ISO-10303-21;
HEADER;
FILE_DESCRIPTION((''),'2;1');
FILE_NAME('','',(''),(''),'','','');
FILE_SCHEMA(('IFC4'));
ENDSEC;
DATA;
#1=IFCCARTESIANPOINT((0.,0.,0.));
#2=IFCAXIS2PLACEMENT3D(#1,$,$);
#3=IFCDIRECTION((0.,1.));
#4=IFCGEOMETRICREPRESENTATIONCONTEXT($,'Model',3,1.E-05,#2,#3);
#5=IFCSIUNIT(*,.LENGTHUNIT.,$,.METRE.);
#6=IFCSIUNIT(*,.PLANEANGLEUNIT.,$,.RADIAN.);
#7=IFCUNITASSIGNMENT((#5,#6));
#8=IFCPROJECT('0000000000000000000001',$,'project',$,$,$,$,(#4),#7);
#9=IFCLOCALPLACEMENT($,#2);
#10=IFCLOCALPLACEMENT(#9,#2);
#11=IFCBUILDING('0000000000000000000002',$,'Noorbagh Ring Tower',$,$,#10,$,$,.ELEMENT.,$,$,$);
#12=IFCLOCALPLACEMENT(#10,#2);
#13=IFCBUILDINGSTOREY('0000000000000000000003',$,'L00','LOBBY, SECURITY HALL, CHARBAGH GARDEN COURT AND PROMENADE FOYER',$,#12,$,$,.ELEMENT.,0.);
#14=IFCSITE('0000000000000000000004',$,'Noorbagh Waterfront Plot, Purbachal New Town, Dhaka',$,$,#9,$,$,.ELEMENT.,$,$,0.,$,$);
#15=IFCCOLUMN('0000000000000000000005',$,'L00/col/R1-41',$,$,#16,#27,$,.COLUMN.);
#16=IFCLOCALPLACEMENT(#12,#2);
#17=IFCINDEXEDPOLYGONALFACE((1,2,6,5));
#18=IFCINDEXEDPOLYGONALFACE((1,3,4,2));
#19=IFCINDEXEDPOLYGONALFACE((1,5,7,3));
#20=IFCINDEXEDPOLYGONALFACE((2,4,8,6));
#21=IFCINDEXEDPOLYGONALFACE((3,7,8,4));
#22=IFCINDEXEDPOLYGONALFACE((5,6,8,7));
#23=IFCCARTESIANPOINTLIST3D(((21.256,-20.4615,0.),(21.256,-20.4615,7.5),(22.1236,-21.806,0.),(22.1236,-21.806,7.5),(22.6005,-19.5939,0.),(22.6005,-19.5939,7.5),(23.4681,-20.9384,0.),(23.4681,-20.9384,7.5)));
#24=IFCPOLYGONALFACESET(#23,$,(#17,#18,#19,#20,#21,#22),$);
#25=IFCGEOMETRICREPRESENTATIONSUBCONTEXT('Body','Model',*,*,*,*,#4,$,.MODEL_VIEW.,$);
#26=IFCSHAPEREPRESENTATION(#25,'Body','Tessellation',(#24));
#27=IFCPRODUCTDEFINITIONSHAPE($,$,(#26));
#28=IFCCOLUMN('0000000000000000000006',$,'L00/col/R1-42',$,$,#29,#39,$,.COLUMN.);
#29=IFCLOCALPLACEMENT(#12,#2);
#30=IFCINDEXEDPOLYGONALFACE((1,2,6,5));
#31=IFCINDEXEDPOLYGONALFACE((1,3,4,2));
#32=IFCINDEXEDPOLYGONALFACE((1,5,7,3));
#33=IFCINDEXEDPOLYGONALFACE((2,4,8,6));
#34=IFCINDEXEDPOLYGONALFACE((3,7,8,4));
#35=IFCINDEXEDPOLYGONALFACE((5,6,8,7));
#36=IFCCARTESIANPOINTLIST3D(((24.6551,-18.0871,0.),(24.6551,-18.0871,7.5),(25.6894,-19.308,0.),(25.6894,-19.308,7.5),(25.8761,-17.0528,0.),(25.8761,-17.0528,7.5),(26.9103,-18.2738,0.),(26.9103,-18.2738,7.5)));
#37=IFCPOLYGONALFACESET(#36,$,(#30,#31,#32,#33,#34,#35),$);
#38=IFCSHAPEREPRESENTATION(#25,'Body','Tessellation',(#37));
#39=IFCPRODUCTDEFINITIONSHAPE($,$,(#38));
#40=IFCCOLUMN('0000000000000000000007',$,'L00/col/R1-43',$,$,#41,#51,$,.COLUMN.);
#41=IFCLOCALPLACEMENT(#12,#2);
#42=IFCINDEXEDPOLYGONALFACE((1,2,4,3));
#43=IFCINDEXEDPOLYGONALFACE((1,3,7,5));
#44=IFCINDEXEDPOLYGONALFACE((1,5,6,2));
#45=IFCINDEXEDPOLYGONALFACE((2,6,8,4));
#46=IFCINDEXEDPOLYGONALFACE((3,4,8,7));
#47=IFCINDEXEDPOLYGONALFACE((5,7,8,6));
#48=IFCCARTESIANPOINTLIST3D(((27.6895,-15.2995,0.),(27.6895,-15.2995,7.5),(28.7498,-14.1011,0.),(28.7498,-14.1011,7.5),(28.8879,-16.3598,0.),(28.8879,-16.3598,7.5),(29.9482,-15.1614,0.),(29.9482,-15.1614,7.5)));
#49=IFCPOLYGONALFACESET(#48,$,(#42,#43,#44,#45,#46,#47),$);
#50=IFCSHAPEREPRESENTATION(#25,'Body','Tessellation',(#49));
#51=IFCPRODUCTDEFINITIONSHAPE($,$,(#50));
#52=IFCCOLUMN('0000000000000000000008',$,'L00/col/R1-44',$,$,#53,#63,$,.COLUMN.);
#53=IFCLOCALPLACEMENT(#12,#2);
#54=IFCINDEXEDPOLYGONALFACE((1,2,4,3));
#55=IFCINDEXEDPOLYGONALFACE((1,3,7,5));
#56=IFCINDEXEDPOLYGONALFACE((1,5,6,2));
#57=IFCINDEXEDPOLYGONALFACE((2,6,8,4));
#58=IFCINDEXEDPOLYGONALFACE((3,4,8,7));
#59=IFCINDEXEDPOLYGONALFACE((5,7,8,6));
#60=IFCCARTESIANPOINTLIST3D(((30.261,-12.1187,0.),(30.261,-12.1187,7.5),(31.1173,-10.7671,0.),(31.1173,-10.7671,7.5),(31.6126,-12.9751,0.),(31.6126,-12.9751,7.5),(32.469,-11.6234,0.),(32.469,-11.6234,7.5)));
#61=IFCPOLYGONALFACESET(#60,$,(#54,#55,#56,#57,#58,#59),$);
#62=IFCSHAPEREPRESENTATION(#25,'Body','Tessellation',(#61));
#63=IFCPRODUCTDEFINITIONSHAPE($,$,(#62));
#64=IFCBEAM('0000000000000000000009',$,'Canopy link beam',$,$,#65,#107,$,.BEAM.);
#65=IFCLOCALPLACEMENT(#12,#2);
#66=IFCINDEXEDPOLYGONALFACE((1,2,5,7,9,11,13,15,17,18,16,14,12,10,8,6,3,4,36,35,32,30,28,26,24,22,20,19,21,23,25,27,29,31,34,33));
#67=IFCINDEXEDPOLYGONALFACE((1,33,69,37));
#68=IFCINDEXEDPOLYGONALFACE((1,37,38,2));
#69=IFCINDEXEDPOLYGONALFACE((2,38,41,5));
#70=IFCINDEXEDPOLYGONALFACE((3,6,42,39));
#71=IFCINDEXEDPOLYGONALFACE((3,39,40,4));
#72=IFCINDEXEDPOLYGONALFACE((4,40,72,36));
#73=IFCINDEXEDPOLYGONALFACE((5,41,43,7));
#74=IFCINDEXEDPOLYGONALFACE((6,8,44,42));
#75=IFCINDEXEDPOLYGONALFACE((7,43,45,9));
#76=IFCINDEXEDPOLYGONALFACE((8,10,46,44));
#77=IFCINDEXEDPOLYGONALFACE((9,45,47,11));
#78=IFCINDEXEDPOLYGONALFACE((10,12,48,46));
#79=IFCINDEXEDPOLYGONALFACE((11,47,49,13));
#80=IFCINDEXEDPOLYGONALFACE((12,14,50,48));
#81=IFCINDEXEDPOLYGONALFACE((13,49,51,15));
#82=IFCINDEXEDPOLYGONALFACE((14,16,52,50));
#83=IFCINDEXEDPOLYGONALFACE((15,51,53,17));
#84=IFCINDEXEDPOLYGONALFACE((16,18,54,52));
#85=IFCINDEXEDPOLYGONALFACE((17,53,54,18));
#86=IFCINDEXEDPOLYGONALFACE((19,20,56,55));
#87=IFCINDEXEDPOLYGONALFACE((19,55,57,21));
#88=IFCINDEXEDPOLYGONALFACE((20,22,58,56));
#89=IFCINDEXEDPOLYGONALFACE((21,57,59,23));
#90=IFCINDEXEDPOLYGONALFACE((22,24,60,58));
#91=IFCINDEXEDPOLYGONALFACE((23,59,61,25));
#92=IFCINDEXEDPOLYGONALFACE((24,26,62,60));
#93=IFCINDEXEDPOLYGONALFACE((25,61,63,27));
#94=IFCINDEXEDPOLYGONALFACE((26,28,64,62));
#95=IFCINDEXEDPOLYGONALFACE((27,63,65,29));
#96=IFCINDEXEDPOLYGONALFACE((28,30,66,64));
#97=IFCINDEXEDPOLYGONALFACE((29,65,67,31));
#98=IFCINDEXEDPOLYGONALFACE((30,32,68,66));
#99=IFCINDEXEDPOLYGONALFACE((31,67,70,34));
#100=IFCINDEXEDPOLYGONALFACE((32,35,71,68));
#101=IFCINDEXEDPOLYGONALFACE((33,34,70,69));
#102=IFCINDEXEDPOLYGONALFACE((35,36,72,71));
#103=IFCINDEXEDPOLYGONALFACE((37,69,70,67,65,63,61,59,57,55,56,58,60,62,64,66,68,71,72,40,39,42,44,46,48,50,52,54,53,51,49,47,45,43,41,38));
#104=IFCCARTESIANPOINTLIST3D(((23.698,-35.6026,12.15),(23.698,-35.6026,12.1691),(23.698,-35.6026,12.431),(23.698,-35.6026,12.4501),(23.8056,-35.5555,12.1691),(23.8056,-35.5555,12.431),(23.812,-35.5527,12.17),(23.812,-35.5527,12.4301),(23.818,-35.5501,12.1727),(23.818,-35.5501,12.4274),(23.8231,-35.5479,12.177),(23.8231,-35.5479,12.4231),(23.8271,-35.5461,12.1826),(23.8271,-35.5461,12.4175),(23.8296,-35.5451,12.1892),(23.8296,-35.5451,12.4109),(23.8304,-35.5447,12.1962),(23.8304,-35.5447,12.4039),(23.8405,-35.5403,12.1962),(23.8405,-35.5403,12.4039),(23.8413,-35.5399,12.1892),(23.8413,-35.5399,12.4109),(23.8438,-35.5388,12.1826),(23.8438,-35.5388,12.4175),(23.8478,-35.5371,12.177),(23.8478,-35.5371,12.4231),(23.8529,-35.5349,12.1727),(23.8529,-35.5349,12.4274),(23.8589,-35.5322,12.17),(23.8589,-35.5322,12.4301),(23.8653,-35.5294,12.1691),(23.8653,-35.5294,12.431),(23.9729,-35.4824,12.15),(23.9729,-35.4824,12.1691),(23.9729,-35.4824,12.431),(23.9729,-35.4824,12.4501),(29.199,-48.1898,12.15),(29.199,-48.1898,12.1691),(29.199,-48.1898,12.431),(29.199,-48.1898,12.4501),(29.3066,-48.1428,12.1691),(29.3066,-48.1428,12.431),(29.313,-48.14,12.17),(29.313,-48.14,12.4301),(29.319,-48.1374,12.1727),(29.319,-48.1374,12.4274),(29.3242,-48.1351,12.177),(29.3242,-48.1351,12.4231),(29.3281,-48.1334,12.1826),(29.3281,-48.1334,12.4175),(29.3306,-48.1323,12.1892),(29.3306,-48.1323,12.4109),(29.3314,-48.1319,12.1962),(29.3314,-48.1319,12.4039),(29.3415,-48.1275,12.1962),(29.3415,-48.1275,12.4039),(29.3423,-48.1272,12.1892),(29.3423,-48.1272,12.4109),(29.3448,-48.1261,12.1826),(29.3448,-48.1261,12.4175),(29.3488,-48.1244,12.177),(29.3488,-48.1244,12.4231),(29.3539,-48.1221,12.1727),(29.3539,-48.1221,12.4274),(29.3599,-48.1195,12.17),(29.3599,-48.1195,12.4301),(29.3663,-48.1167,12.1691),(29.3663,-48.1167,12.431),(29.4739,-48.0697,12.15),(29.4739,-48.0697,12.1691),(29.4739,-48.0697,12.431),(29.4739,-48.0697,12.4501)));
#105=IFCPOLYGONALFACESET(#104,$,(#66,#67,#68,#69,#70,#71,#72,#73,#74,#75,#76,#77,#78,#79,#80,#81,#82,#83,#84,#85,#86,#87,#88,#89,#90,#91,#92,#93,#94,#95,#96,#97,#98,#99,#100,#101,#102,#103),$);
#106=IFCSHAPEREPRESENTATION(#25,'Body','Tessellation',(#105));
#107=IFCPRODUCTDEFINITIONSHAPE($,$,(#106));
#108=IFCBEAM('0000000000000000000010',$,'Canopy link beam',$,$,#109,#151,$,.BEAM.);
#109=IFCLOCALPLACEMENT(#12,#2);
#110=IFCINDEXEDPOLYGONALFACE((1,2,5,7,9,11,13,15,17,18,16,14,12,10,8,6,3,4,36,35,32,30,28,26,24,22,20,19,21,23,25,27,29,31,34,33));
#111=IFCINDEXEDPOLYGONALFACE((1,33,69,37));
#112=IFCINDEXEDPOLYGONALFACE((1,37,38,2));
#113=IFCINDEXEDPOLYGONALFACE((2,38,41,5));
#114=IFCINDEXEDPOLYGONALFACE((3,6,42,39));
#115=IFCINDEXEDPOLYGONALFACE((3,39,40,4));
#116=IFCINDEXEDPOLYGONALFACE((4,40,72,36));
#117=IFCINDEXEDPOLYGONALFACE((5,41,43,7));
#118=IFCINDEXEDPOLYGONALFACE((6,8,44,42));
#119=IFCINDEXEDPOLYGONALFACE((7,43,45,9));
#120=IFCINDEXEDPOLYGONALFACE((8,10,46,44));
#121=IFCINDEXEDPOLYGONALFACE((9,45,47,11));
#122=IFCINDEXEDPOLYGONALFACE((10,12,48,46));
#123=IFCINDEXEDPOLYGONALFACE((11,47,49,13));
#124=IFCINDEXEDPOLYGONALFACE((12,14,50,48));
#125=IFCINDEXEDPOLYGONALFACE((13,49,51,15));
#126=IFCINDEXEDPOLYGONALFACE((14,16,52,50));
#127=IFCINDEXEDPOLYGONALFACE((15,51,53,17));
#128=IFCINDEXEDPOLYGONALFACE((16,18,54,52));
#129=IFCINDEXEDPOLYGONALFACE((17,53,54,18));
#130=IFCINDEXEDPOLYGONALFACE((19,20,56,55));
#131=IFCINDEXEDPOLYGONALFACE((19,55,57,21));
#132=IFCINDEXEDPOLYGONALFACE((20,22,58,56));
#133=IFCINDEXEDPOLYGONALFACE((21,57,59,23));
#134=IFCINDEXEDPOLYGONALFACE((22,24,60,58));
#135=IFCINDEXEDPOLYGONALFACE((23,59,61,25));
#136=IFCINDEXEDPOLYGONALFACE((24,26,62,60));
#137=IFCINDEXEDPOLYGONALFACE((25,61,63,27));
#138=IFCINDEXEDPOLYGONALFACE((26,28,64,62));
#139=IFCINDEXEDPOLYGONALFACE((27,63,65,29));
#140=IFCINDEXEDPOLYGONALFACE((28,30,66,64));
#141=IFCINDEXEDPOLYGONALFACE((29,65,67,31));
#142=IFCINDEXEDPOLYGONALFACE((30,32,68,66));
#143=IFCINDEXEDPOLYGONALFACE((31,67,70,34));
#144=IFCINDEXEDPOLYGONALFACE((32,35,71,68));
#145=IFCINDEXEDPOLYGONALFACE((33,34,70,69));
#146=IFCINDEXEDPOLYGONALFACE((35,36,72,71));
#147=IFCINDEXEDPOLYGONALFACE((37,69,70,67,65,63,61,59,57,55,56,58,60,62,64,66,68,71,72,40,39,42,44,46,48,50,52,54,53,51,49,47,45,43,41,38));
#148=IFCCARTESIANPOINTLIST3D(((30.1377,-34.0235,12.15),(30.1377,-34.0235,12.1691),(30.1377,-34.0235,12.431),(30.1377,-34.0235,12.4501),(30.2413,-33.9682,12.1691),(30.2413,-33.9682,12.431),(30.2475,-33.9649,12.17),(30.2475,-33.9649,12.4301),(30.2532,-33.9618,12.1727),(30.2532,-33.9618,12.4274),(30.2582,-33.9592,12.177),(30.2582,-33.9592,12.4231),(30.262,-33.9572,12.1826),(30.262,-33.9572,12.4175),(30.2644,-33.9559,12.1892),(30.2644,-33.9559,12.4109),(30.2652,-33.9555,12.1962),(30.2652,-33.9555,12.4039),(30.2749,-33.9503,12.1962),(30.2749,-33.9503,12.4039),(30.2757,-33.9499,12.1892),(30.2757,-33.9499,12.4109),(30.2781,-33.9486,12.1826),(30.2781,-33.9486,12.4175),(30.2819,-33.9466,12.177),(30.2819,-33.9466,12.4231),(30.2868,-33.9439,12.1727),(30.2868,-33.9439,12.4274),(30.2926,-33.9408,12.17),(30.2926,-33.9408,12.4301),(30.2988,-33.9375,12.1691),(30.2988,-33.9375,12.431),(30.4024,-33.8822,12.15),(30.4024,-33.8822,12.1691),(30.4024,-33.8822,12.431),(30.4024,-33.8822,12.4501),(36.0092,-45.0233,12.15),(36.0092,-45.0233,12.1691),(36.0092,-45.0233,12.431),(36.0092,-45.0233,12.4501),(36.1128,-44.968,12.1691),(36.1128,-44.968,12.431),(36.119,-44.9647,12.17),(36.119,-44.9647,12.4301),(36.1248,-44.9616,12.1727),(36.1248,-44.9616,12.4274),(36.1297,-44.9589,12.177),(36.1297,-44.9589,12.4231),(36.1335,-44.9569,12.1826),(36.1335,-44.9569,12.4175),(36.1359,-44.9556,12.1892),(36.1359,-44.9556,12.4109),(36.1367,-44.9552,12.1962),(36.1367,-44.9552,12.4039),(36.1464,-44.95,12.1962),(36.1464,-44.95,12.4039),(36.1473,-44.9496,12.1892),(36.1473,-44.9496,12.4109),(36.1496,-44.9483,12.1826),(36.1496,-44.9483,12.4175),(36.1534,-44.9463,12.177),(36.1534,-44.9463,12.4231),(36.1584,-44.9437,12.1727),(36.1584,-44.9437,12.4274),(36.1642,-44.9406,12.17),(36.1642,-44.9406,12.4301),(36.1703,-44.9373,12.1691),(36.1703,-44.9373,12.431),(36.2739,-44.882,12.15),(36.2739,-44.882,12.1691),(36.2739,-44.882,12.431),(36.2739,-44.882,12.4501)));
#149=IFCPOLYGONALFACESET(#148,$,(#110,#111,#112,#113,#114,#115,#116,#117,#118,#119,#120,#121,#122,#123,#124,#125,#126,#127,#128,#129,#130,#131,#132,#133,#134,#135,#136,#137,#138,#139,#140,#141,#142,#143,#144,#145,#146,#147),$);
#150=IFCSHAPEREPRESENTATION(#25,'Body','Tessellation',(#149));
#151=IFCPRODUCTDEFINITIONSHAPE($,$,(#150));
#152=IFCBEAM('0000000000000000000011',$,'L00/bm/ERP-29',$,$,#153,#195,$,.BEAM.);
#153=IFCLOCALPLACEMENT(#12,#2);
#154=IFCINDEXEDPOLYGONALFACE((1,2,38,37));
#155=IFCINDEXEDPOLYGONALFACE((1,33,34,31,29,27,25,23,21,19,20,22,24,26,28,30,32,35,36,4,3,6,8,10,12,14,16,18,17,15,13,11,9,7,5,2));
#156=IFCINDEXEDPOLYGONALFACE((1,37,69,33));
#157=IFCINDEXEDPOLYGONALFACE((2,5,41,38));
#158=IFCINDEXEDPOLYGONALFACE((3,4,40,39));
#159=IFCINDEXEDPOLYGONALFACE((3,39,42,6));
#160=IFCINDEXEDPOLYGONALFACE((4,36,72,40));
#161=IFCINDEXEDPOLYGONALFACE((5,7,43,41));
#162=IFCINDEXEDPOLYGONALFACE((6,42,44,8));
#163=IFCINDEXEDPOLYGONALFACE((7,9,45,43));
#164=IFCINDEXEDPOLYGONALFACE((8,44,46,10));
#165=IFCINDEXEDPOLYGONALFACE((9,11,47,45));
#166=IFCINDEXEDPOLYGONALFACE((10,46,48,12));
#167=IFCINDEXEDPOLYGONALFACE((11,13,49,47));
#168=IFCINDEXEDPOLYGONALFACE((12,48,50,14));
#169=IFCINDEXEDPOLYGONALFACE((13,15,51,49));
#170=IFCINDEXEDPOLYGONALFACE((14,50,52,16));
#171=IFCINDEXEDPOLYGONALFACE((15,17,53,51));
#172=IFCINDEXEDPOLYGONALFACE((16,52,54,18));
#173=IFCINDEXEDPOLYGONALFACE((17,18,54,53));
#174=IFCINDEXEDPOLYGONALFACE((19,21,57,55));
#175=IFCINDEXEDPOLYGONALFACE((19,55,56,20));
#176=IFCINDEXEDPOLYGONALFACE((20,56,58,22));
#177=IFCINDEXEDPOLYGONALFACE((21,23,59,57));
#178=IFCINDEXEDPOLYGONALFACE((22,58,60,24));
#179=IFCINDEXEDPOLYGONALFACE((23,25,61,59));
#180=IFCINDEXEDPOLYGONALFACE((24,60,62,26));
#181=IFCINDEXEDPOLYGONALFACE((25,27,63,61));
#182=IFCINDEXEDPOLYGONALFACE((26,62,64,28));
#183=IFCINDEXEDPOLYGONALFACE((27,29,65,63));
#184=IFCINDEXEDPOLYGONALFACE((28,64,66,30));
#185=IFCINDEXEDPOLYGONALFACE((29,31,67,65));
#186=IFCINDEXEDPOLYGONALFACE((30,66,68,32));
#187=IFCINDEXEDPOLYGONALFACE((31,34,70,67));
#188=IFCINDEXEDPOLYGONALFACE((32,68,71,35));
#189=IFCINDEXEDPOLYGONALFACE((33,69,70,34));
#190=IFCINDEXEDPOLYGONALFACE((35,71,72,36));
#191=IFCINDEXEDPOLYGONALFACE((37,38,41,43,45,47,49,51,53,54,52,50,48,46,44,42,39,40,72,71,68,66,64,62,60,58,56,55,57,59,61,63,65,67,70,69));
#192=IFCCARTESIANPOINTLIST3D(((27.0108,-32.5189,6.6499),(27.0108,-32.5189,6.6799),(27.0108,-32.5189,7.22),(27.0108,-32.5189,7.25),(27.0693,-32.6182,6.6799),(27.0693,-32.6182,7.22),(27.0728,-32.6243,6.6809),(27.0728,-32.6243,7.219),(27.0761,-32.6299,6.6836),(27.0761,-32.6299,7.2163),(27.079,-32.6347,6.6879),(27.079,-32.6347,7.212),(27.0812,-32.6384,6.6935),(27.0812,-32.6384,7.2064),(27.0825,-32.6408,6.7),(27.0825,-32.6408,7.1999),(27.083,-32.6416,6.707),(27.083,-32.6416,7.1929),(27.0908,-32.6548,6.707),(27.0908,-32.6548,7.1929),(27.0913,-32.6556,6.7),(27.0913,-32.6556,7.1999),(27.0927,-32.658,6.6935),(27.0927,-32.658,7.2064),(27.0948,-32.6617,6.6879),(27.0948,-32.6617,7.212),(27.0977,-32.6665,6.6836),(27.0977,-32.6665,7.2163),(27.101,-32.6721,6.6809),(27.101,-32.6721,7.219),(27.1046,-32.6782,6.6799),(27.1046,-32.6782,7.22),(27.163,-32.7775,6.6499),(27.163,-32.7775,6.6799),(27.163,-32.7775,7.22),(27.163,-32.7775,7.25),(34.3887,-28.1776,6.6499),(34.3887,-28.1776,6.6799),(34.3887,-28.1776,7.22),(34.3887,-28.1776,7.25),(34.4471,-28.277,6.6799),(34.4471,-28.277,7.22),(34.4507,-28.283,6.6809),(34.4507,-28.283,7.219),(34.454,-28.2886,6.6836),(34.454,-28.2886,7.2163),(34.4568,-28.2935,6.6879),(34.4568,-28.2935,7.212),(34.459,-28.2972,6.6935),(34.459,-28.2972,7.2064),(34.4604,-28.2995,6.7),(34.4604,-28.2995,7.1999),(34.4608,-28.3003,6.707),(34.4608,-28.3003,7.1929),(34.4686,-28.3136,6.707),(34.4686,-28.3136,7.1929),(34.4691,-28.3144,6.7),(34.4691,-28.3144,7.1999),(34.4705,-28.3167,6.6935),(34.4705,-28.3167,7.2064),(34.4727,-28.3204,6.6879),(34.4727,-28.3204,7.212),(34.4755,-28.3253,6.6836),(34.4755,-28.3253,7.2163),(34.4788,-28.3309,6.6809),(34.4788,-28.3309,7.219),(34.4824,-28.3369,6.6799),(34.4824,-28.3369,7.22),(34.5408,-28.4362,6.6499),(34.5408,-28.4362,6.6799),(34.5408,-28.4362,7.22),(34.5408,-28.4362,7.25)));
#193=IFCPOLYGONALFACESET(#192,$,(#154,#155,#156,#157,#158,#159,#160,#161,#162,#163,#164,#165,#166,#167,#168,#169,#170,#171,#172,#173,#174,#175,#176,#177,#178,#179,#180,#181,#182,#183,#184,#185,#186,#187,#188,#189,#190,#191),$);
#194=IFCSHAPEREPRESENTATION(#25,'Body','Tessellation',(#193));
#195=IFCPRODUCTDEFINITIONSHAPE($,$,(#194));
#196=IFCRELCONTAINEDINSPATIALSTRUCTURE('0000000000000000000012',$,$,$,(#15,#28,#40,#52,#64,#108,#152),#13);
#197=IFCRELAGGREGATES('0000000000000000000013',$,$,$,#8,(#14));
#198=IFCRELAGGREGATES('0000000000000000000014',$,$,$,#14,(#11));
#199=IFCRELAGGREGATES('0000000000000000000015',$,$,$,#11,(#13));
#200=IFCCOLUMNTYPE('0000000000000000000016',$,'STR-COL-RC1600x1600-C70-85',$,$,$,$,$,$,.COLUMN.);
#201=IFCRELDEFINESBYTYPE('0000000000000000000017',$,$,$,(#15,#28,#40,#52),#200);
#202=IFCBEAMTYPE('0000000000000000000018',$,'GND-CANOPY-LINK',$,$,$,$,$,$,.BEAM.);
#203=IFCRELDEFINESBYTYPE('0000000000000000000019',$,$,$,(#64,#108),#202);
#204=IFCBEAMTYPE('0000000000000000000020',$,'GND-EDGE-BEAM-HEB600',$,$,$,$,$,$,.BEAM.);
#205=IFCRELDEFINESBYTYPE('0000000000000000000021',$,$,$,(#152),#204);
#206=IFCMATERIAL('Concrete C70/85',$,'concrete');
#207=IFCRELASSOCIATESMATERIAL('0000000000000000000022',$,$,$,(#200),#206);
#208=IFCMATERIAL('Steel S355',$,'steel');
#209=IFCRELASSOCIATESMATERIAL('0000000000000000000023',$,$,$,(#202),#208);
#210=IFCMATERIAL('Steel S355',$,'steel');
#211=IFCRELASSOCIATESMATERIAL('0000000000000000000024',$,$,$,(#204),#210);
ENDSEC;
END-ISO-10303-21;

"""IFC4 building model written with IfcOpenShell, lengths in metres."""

from ifc_helpers import new_model, si_unit, direction, frame, origin, origin_2d, place, context, subcontext, project, spatial, rectangle, i_section, extrude, material, material_profile, profile_set, type_object, element, save


model = new_model("IFC4")

# Units and contexts
model_context = context("Model", 3, precision=1e-05, world=origin(), true_north=direction((0.0, 1.0)))
body_context = subcontext(model_context, "Body", "Model", "MODEL_VIEW")
ifc_project = project(units=[si_unit("LENGTHUNIT", "METRE"), si_unit("PLANEANGLEUNIT", "RADIAN")], contexts=[model_context])

# Site, building, storey
site_placement = place(None, origin())
site = spatial("IfcSite", under=ifc_project, at=site_placement, Name="Noorbagh Waterfront Plot, Purbachal New Town, Dhaka", CompositionType="ELEMENT", RefElevation=0.0)
building_placement = place(site_placement, origin())
building = spatial("IfcBuilding", under=site, at=building_placement, Name="Noorbagh Ring Tower", CompositionType="ELEMENT")
storey_placement = place(building_placement, origin())
storey = spatial("IfcBuildingStorey", under=building, at=storey_placement, Name="L00", Description="LOBBY, SECURITY HALL, CHARBAGH GARDEN COURT AND PROMENADE FOYER", CompositionType="ELEMENT", Elevation=0.0)

# Columns
ifc_material_1 = material(Name="Concrete C70/85", Category="concrete")
ifc_material_profile_1 = material_profile(ifc_material_1, rectangle(XDim=1.6001, YDim=1.6001, at=origin_2d()), Name="RC1600x1600")
ifc_profile_set_1 = profile_set([ifc_material_profile_1], Name="Concrete C70/85")
column_type_1 = type_object("IfcColumnType", Name="STR-COL-RC1600x1600-C70-85", PredefinedType="COLUMN", material=ifc_profile_set_1)
for number, where, z_axis, x_axis, name in (
    (1, (22.3621, -20.7, 0.0), (0.0, 0.0, 1.0), (0.840248, 0.542203, 0.0), "L00/col/R1-41"),
    (2, (25.7827, -18.1804, 0.0), (0.0, 0.0, 1.0), (0.763035, 0.646357, 0.0), "L00/col/R1-42"),
    (3, (28.8188, -15.2305, 0.0), (0.0, 0.0, 1.0), (0.662636, 0.748942, 0.0), "L00/col/R1-43"),
    (4, (31.365, -11.8711, 0.0), (0.0, 0.0, 1.0), (0.53519, 0.844731, 0.0), "L00/col/R1-44"),
):
    element("IfcColumn", number, at=place(storey_placement, frame(where, z_axis=z_axis, x_axis=x_axis)), inside=storey, type_object=column_type_1, Name=name, PredefinedType="COLUMN", context=body_context, shape_type="SweptSolid", body=[
        extrude(rectangle(XDim=1.6001, YDim=1.6001, at=origin_2d()), origin(), (0.0, 0.0, 1.0), 7.5),
    ])

# Beams
ifc_material_2 = material(Name="Steel S355", Category="steel")
ifc_material_profile_2 = material_profile(ifc_material_2, i_section(OverallWidth=0.3, OverallDepth=0.3, WebThickness=0.011, FlangeThickness=0.019, FilletRadius=0.0271, at=origin_2d()), Name="HEB300")
ifc_profile_set_2 = profile_set([ifc_material_profile_2], Name="Steel S355")
beam_type_1 = type_object("IfcBeamType", Name="GND-CANOPY-LINK", PredefinedType="BEAM", material=ifc_profile_set_2)
beam_1_placement = place(storey_placement, frame((23.8354, -35.5425, 12.3), z_axis=(0.400458, -0.916315, 0.0), x_axis=(0.916315, 0.400458, 0.0)))
element("IfcBeam", 5, at=beam_1_placement, inside=storey, type_object=beam_type_1, Name="Canopy link beam", PredefinedType="BEAM", context=body_context, shape_type="SweptSolid", body=[
    extrude(i_section(OverallWidth=0.3, OverallDepth=0.3, WebThickness=0.011, FlangeThickness=0.019, FilletRadius=0.0271, at=origin_2d()), origin(), (0.0, 0.0, 1.0), 13.7368),
])
beam_2_placement = place(storey_placement, frame((30.27, -33.9529, 12.3), z_axis=(0.470903, -0.882185, 0.0), x_axis=(0.882185, 0.470903, 0.0)))
element("IfcBeam", 6, at=beam_2_placement, inside=storey, type_object=beam_type_1, Name="Canopy link beam", PredefinedType="BEAM", context=body_context, shape_type="SweptSolid", body=[
    extrude(i_section(OverallWidth=0.3, OverallDepth=0.3, WebThickness=0.011, FlangeThickness=0.019, FilletRadius=0.0271, at=origin_2d()), origin(), (0.0, 0.0, 1.0), 12.4688),
])
ifc_material_3 = material(Name="Steel S355", Category="steel")
ifc_material_profile_3 = material_profile(ifc_material_3, i_section(OverallWidth=0.3, OverallDepth=0.6001, WebThickness=0.0154, FlangeThickness=0.03, FilletRadius=0.0271, at=origin_2d()), Name="HEB600")
ifc_profile_set_3 = profile_set([ifc_material_profile_3], Name="Steel S355")
beam_type_2 = type_object("IfcBeamType", Name="GND-EDGE-BEAM-HEB600", PredefinedType="BEAM", material=ifc_profile_set_3)
beam_3_placement = place(storey_placement, frame((27.0869, -32.6482, 6.95), z_axis=(0.861865, 0.507137, 0.0), x_axis=(-0.507137, 0.861865, 0.0)))
element("IfcBeam", 7, at=beam_3_placement, inside=storey, type_object=beam_type_2, Name="L00/bm/ERP-29", PredefinedType="BEAM", context=body_context, shape_type="SweptSolid", body=[
    extrude(i_section(OverallWidth=0.3, OverallDepth=0.6001, WebThickness=0.0154, FlangeThickness=0.03, FilletRadius=0.0271, at=origin_2d()), origin(), (0.0, 0.0, 1.0), 8.5603),
])

save(model, "model.ifc")
